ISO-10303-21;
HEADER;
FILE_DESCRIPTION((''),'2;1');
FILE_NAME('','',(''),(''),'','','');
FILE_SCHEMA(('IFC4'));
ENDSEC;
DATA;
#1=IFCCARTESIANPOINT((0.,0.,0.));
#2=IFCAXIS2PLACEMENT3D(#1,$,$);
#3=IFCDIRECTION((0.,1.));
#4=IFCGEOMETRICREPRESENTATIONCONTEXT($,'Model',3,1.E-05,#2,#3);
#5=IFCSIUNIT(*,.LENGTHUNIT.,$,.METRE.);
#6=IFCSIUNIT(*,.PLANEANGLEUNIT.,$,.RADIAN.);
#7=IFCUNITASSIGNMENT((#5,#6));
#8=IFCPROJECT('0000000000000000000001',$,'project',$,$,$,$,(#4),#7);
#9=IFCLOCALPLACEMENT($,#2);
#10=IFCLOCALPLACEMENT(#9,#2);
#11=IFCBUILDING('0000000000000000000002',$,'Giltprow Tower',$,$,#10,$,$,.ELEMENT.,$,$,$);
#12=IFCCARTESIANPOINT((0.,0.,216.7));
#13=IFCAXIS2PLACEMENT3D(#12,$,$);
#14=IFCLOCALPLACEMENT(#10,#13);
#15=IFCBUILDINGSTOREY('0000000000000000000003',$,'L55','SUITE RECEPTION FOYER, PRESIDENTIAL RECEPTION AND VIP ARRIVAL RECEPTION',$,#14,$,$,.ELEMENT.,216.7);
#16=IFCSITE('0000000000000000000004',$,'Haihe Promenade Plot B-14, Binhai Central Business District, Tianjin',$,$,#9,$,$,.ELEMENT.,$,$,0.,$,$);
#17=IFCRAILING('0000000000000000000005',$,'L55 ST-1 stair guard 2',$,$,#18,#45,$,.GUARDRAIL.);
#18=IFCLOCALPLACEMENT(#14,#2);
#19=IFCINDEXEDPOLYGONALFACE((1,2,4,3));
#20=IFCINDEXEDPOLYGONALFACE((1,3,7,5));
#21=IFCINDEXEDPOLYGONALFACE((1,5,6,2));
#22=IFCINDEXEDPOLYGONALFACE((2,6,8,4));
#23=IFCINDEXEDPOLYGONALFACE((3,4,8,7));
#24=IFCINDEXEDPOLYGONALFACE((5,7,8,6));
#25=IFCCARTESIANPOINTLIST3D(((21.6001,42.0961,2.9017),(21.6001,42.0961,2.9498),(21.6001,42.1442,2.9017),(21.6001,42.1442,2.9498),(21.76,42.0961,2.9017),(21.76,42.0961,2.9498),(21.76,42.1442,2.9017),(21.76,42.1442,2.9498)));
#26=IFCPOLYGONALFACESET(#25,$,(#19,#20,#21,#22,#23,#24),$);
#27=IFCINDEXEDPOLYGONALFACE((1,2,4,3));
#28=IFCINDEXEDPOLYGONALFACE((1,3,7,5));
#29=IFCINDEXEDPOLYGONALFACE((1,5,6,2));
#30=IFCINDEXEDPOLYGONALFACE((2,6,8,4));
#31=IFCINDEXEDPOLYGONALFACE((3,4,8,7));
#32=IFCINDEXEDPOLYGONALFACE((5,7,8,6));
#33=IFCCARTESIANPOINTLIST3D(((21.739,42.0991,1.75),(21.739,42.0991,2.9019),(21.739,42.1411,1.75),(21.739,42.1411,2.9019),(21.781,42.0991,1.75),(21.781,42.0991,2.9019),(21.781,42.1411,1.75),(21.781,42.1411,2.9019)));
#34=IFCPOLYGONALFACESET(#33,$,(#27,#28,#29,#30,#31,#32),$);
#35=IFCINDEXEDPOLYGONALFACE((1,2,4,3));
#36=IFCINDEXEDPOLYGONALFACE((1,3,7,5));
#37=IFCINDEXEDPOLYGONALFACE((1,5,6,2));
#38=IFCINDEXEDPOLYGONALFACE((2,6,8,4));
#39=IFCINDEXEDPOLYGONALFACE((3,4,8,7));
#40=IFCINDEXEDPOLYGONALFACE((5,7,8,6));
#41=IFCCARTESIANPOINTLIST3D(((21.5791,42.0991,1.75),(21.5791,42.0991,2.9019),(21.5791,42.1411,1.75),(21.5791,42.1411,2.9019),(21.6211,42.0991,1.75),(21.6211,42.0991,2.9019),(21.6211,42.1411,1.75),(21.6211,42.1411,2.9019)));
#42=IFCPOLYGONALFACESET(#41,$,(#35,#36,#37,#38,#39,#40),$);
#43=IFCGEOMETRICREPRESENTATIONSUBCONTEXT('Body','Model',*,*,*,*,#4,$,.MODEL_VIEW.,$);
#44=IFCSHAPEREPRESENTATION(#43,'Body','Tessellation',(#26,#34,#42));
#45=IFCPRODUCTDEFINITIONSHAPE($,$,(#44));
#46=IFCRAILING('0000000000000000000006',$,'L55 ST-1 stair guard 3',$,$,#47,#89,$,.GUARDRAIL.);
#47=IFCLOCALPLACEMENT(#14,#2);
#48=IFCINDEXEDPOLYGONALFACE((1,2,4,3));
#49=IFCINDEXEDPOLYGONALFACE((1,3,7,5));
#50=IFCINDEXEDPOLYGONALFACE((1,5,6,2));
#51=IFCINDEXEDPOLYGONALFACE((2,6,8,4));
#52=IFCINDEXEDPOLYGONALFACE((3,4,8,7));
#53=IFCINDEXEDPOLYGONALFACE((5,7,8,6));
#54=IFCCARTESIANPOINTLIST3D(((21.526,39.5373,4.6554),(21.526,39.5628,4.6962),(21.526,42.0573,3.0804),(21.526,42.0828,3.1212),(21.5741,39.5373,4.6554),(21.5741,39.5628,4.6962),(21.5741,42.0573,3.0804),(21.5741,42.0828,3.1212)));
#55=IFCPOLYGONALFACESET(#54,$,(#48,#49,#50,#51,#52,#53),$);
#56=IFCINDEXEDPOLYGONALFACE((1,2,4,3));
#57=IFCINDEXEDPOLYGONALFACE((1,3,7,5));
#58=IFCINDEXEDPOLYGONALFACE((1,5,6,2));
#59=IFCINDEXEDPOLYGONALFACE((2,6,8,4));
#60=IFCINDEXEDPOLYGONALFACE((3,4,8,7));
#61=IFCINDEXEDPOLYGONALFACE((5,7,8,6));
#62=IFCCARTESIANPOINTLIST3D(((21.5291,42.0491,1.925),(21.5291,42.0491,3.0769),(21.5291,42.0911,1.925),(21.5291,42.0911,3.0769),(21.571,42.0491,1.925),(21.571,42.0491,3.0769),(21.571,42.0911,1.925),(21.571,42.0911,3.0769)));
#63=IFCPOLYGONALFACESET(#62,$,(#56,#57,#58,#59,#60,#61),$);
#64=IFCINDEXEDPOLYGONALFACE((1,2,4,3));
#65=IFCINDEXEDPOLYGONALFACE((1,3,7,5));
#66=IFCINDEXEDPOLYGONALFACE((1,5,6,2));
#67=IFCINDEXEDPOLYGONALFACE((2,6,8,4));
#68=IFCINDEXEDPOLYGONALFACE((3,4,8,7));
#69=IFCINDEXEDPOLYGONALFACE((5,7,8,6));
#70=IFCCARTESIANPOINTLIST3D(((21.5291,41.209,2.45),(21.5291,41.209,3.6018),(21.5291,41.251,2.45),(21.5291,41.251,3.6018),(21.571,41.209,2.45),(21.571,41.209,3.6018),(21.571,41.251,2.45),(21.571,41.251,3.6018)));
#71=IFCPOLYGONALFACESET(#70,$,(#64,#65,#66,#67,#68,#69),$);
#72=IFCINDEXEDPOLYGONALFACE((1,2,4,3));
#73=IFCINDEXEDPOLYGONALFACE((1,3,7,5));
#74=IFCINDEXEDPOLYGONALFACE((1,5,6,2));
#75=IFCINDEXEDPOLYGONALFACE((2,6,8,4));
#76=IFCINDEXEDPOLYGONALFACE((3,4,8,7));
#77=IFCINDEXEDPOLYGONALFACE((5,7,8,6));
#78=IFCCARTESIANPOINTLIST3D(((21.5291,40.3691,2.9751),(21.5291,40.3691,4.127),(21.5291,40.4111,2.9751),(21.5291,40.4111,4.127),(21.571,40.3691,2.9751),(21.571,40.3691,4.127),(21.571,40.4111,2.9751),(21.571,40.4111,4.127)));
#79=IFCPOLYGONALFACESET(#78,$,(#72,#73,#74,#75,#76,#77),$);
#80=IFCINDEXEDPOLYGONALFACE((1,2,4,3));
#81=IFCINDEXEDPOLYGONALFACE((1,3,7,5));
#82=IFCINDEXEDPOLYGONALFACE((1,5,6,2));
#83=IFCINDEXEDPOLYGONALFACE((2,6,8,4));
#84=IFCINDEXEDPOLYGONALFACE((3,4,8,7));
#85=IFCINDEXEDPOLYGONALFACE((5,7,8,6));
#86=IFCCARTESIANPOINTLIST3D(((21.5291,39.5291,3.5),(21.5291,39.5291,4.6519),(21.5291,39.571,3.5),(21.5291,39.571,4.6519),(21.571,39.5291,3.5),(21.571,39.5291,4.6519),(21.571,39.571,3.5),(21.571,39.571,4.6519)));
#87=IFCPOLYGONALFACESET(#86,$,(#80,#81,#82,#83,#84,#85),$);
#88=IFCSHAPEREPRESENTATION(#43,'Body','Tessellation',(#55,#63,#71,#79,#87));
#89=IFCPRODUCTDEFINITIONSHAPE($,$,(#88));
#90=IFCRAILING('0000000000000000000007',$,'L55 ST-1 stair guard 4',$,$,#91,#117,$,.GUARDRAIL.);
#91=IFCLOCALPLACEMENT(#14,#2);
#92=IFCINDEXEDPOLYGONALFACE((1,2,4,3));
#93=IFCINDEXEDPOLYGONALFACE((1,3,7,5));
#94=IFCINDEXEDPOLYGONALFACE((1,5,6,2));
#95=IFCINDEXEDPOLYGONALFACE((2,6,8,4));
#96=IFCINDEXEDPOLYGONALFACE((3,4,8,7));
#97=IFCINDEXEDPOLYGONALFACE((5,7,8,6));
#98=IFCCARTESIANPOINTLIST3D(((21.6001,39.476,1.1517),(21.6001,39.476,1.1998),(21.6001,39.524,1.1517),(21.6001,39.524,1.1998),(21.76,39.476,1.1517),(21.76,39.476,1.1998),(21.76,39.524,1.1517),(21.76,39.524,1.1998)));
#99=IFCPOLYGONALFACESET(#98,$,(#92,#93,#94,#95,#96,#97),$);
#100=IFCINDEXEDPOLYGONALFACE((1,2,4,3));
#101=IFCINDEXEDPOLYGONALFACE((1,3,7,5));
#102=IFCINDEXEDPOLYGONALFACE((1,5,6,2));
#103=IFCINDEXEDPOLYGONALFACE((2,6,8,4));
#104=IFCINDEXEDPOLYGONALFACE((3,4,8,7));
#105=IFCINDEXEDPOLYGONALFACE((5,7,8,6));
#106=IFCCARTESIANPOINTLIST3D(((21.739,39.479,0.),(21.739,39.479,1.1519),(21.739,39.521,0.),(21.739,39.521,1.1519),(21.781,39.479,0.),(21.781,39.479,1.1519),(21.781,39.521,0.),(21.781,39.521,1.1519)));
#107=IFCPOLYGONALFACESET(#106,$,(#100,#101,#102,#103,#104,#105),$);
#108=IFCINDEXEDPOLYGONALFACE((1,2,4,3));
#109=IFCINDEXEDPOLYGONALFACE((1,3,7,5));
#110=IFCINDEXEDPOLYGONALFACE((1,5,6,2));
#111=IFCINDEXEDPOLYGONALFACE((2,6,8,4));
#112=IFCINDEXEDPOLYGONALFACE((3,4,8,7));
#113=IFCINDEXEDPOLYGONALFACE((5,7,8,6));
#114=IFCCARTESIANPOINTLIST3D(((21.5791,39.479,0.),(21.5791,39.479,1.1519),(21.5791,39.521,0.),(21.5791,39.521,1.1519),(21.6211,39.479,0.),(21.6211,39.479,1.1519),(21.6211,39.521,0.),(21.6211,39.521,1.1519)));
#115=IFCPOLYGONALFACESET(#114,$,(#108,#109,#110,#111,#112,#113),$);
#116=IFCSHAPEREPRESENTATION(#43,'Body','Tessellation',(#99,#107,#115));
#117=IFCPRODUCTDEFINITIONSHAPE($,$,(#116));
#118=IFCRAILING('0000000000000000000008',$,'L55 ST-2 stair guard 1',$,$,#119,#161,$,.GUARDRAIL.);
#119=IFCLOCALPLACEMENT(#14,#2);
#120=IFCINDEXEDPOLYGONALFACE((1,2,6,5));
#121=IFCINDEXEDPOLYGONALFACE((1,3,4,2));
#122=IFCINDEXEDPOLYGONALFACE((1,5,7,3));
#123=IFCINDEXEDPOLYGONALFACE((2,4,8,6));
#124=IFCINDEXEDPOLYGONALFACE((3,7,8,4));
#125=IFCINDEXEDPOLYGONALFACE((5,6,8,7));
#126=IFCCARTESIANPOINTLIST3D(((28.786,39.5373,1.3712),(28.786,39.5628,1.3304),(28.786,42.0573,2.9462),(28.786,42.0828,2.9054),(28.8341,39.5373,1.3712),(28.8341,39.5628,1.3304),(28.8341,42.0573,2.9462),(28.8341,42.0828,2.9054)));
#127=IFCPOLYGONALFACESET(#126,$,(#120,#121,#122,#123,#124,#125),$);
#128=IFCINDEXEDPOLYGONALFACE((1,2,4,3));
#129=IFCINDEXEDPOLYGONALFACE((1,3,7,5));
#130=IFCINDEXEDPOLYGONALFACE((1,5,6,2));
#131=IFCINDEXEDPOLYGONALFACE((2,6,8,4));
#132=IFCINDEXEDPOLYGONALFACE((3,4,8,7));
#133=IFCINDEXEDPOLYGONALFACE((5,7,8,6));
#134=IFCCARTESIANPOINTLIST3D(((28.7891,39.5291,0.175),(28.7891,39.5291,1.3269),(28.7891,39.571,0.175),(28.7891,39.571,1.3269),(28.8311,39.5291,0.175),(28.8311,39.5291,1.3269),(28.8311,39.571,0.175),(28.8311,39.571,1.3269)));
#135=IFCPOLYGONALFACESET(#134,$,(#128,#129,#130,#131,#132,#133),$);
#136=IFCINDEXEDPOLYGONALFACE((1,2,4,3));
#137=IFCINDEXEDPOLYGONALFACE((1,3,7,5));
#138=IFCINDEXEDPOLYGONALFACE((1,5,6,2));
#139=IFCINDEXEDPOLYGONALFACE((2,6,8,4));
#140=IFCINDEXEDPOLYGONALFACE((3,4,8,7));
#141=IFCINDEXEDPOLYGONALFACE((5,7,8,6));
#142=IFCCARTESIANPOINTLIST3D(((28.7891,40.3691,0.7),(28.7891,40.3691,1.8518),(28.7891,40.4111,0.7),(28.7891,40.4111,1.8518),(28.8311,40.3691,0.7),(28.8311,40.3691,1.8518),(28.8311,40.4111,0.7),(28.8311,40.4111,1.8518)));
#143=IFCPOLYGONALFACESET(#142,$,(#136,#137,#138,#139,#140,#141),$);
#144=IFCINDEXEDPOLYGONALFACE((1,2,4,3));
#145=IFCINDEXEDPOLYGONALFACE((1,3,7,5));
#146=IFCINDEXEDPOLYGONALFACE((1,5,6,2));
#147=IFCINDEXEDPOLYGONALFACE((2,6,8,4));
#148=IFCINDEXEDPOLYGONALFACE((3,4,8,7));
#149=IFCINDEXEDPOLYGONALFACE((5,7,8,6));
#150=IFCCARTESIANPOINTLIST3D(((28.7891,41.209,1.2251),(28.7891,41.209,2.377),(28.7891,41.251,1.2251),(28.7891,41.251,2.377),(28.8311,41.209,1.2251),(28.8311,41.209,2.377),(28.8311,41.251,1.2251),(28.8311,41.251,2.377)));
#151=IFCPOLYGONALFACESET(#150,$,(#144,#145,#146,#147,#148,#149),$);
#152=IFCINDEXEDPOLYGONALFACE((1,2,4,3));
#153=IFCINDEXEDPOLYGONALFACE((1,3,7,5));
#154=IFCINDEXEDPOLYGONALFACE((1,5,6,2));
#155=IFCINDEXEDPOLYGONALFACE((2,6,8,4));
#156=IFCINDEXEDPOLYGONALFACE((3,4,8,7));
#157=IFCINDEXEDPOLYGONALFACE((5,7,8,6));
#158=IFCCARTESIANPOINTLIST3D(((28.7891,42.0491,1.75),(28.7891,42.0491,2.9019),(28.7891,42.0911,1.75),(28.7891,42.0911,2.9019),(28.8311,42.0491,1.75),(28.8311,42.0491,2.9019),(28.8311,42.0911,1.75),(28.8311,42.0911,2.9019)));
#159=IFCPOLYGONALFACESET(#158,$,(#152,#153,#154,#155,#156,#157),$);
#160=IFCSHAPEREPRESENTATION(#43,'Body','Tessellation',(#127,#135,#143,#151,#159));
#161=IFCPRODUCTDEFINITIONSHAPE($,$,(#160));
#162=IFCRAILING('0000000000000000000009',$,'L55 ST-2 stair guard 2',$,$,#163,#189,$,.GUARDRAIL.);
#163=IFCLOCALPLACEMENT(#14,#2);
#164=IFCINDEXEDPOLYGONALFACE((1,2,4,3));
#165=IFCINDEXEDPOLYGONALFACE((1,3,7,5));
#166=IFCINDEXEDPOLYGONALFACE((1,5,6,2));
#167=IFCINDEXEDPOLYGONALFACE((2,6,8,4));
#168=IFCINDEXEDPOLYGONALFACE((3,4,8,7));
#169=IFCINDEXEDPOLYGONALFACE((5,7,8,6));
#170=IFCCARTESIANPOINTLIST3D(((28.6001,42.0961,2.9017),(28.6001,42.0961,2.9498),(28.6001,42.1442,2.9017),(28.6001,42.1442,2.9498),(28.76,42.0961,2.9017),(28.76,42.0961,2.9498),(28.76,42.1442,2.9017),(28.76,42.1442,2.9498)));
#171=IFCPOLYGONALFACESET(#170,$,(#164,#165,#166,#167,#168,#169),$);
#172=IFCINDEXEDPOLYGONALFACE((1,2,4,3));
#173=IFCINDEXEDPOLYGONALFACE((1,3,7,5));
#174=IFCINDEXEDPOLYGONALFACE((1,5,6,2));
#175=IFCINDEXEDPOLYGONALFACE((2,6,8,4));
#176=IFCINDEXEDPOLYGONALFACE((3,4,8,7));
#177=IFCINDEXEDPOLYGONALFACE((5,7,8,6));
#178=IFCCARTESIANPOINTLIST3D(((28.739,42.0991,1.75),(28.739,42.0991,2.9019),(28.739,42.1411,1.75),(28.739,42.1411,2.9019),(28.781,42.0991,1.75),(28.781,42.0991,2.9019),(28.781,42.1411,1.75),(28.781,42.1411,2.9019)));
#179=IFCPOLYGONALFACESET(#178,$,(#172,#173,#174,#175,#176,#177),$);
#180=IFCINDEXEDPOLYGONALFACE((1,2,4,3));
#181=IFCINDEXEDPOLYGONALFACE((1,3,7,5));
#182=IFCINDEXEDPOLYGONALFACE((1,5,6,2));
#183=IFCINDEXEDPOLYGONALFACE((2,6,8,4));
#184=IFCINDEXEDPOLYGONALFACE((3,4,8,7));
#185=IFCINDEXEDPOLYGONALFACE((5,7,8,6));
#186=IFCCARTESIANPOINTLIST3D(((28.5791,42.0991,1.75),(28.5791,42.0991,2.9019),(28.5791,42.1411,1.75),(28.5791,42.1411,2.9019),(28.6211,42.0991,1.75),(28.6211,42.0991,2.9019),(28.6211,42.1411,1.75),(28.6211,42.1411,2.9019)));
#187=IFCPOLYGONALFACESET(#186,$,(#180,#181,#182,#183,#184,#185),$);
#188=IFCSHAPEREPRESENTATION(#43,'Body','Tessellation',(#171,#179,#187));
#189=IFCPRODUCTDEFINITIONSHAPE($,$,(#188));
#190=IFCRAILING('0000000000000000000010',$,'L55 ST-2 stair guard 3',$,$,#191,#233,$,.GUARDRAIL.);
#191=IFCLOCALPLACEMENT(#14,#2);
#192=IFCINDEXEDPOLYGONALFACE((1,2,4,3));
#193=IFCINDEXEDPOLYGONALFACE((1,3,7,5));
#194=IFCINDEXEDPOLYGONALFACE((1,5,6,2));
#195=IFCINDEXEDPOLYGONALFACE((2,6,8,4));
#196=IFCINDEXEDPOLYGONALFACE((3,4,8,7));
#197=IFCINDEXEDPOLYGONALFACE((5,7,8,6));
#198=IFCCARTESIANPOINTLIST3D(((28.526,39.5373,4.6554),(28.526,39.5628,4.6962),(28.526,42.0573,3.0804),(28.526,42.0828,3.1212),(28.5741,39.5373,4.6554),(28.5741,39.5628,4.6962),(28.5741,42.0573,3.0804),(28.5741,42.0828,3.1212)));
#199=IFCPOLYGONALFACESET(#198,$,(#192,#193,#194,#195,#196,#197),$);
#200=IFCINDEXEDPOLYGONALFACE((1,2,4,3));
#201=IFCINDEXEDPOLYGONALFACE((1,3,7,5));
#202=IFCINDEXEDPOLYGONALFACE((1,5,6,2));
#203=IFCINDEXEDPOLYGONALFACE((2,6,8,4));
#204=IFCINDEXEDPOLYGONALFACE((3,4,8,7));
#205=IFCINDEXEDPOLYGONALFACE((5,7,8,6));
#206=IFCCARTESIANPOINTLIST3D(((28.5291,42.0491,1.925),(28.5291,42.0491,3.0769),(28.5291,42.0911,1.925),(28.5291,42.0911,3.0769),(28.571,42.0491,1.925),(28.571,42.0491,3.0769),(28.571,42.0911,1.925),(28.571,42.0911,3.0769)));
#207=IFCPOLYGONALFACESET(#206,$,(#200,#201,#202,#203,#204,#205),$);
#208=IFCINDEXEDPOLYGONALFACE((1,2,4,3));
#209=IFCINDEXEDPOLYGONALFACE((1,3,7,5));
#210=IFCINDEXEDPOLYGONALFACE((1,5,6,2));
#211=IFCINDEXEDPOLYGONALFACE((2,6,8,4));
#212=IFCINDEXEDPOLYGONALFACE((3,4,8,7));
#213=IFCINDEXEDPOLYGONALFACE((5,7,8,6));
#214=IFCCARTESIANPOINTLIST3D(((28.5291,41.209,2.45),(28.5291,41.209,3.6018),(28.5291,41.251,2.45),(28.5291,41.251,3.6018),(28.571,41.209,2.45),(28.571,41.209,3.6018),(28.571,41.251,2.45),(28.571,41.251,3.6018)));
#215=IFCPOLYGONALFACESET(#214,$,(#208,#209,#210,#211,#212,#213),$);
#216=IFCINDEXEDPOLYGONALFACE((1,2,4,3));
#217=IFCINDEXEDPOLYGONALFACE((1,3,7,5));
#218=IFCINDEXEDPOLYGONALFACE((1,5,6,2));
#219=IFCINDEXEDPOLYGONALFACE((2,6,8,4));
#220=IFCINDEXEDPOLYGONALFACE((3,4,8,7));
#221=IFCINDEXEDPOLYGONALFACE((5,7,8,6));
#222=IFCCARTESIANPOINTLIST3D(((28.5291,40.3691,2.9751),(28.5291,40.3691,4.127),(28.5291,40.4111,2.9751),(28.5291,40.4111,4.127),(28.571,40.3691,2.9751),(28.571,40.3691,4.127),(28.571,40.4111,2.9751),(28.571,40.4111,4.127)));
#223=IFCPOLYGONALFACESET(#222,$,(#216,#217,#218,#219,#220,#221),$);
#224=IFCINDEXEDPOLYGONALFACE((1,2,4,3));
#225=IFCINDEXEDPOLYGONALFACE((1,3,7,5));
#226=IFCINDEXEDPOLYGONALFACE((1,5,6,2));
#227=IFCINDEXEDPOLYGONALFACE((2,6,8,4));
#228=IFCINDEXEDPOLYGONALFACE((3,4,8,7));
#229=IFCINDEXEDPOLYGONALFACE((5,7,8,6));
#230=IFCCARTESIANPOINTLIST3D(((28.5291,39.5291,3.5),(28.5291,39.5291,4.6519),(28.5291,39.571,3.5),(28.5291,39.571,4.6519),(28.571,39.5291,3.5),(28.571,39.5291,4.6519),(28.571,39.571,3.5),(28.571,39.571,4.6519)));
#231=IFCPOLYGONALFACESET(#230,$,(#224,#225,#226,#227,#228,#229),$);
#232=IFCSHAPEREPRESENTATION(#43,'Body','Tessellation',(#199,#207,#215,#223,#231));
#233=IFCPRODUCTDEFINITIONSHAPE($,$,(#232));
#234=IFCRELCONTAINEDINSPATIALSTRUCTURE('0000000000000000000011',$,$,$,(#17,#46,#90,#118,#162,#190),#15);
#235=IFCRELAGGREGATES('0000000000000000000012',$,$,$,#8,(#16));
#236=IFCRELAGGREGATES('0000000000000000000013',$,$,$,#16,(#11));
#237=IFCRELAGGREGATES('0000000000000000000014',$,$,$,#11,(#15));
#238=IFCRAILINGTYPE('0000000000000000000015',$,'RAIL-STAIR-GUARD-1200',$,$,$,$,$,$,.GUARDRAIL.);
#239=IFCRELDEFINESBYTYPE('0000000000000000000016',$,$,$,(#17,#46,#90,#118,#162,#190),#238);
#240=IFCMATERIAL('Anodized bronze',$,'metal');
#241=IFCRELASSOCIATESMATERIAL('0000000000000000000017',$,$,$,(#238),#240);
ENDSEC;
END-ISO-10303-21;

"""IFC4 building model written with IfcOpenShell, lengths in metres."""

from ifc_helpers import new_model, si_unit, direction, frame, origin, origin_2d, place, context, subcontext, project, spatial, rectangle, extrude, material, type_object, element, save


model = new_model("IFC4")

# Units and contexts
model_context = context("Model", 3, precision=1e-05, world=origin(), true_north=direction((0.0, 1.0)))
body_context = subcontext(model_context, "Body", "Model", "MODEL_VIEW")
ifc_project = project(units=[si_unit("LENGTHUNIT", "METRE"), si_unit("PLANEANGLEUNIT", "RADIAN")], contexts=[model_context])

# Site, building, storey
site_placement = place(None, origin())
site = spatial("IfcSite", under=ifc_project, at=site_placement, Name="Haihe Promenade Plot B-14, Binhai Central Business District, Tianjin", CompositionType="ELEMENT", RefElevation=0.0)
building_placement = place(site_placement, origin())
building = spatial("IfcBuilding", under=site, at=building_placement, Name="Giltprow Tower", CompositionType="ELEMENT")
storey_placement = place(building_placement, frame((0.0, 0.0, 216.7)))
storey = spatial("IfcBuildingStorey", under=building, at=storey_placement, Name="L55", Description="SUITE RECEPTION FOYER, PRESIDENTIAL RECEPTION AND VIP ARRIVAL RECEPTION", CompositionType="ELEMENT", Elevation=216.7)

# Railings
ifc_material_1 = material(Name="Anodized bronze", Category="metal")
railing_type_1 = type_object("IfcRailingType", Name="RAIL-STAIR-GUARD-1200", PredefinedType="GUARDRAIL", material=ifc_material_1)
railing_1_placement = place(storey_placement, frame((21.76, 42.1201, 1.75)))
element("IfcRailing", 1, at=railing_1_placement, inside=storey, type_object=railing_type_1, Name="L55 ST-1 stair guard 2", PredefinedType="GUARDRAIL", context=body_context, shape_type="SweptSolid", body=[
    extrude(rectangle(XDim=0.0481, YDim=0.0481, at=origin_2d()), frame((0.0, 0.0, 1.1758), z_axis=(-1.0, 0.0, 0.0), x_axis=(0.0, -1.0, 0.0)), (0.0, 0.0, 1.0), 0.1599),
    extrude(rectangle(XDim=0.042, YDim=0.042, at=origin_2d()), origin(), (0.0, 0.0, 1.0), 1.1519),
    extrude(rectangle(XDim=0.042, YDim=0.042, at=origin_2d()), frame((-0.1599, 0.0, 0.0)), (0.0, 0.0, 1.0), 1.1519),
])
railing_2_placement = place(storey_placement, frame((21.55, 42.0701, 1.925)))
element("IfcRailing", 2, at=railing_2_placement, inside=storey, type_object=railing_type_1, Name="L55 ST-1 stair guard 3", PredefinedType="GUARDRAIL", context=body_context, shape_type="SweptSolid", body=[
    extrude(rectangle(XDim=0.0481, YDim=0.0481, at=origin_2d()), frame((0.0, 0.0, 1.1758), z_axis=(0.0, -0.848008, 0.529984), x_axis=(1.0, 0.0, 0.0)), (0.0, 0.0, 1.0), 2.9717),
    extrude(rectangle(XDim=0.042, YDim=0.042, at=origin_2d()), origin(), (0.0, 0.0, 1.0), 1.1519),
    extrude(rectangle(XDim=0.042, YDim=0.042, at=origin_2d()), frame((0.0, -0.8401, 0.5249)), (0.0, 0.0, 1.0), 1.1519),
    extrude(rectangle(XDim=0.042, YDim=0.042, at=origin_2d()), frame((0.0, -1.6799, 1.05)), (0.0, 0.0, 1.0), 1.1519),
    extrude(rectangle(XDim=0.042, YDim=0.042, at=origin_2d()), frame((0.0, -2.52, 1.575)), (0.0, 0.0, 1.0), 1.1519),
])
railing_3_placement = place(storey_placement, frame((21.76, 39.5, 0.0)))
element("IfcRailing", 3, at=railing_3_placement, inside=storey, type_object=railing_type_1, Name="L55 ST-1 stair guard 4", PredefinedType="GUARDRAIL", context=body_context, shape_type="SweptSolid", body=[
    extrude(rectangle(XDim=0.0481, YDim=0.0481, at=origin_2d()), frame((0.0, 0.0, 1.1758), z_axis=(-1.0, 0.0, 0.0), x_axis=(0.0, -1.0, 0.0)), (0.0, 0.0, 1.0), 0.1599),
    extrude(rectangle(XDim=0.042, YDim=0.042, at=origin_2d()), origin(), (0.0, 0.0, 1.0), 1.1519),
    extrude(rectangle(XDim=0.042, YDim=0.042, at=origin_2d()), frame((-0.1599, 0.0, 0.0)), (0.0, 0.0, 1.0), 1.1519),
])
railing_4_placement = place(storey_placement, frame((28.8101, 39.55, 0.175)))
element("IfcRailing", 4, at=railing_4_placement, inside=storey, type_object=railing_type_1, Name="L55 ST-2 stair guard 1", PredefinedType="GUARDRAIL", context=body_context, shape_type="SweptSolid", body=[
    extrude(rectangle(XDim=0.0481, YDim=0.0481, at=origin_2d()), frame((0.0, 0.0, 1.1758), z_axis=(0.0, 0.848008, 0.529984), x_axis=(-1.0, 0.0, 0.0)), (0.0, 0.0, 1.0), 2.9717),
    extrude(rectangle(XDim=0.042, YDim=0.042, at=origin_2d()), origin(), (0.0, 0.0, 1.0), 1.1519),
    extrude(rectangle(XDim=0.042, YDim=0.042, at=origin_2d()), frame((0.0, 0.8401, 0.5249)), (0.0, 0.0, 1.0), 1.1519),
    extrude(rectangle(XDim=0.042, YDim=0.042, at=origin_2d()), frame((0.0, 1.6799, 1.05)), (0.0, 0.0, 1.0), 1.1519),
    extrude(rectangle(XDim=0.042, YDim=0.042, at=origin_2d()), frame((0.0, 2.52, 1.575)), (0.0, 0.0, 1.0), 1.1519),
])
railing_5_placement = place(storey_placement, frame((28.76, 42.1201, 1.75)))
element("IfcRailing", 5, at=railing_5_placement, inside=storey, type_object=railing_type_1, Name="L55 ST-2 stair guard 2", PredefinedType="GUARDRAIL", context=body_context, shape_type="SweptSolid", body=[
    extrude(rectangle(XDim=0.0481, YDim=0.0481, at=origin_2d()), frame((0.0, 0.0, 1.1758), z_axis=(-1.0, 0.0, 0.0), x_axis=(0.0, -1.0, 0.0)), (0.0, 0.0, 1.0), 0.1599),
    extrude(rectangle(XDim=0.042, YDim=0.042, at=origin_2d()), origin(), (0.0, 0.0, 1.0), 1.1519),
    extrude(rectangle(XDim=0.042, YDim=0.042, at=origin_2d()), frame((-0.1599, 0.0, 0.0)), (0.0, 0.0, 1.0), 1.1519),
])
railing_6_placement = place(storey_placement, frame((28.55, 42.0701, 1.925)))
element("IfcRailing", 6, at=railing_6_placement, inside=storey, type_object=railing_type_1, Name="L55 ST-2 stair guard 3", PredefinedType="GUARDRAIL", context=body_context, shape_type="SweptSolid", body=[
    extrude(rectangle(XDim=0.0481, YDim=0.0481, at=origin_2d()), frame((0.0, 0.0, 1.1758), z_axis=(0.0, -0.848008, 0.529984), x_axis=(1.0, 0.0, 0.0)), (0.0, 0.0, 1.0), 2.9717),
    extrude(rectangle(XDim=0.042, YDim=0.042, at=origin_2d()), origin(), (0.0, 0.0, 1.0), 1.1519),
    extrude(rectangle(XDim=0.042, YDim=0.042, at=origin_2d()), frame((0.0, -0.8401, 0.5249)), (0.0, 0.0, 1.0), 1.1519),
    extrude(rectangle(XDim=0.042, YDim=0.042, at=origin_2d()), frame((0.0, -1.6799, 1.05)), (0.0, 0.0, 1.0), 1.1519),
    extrude(rectangle(XDim=0.042, YDim=0.042, at=origin_2d()), frame((0.0, -2.52, 1.575)), (0.0, 0.0, 1.0), 1.1519),
])

save(model, "model.ifc")
